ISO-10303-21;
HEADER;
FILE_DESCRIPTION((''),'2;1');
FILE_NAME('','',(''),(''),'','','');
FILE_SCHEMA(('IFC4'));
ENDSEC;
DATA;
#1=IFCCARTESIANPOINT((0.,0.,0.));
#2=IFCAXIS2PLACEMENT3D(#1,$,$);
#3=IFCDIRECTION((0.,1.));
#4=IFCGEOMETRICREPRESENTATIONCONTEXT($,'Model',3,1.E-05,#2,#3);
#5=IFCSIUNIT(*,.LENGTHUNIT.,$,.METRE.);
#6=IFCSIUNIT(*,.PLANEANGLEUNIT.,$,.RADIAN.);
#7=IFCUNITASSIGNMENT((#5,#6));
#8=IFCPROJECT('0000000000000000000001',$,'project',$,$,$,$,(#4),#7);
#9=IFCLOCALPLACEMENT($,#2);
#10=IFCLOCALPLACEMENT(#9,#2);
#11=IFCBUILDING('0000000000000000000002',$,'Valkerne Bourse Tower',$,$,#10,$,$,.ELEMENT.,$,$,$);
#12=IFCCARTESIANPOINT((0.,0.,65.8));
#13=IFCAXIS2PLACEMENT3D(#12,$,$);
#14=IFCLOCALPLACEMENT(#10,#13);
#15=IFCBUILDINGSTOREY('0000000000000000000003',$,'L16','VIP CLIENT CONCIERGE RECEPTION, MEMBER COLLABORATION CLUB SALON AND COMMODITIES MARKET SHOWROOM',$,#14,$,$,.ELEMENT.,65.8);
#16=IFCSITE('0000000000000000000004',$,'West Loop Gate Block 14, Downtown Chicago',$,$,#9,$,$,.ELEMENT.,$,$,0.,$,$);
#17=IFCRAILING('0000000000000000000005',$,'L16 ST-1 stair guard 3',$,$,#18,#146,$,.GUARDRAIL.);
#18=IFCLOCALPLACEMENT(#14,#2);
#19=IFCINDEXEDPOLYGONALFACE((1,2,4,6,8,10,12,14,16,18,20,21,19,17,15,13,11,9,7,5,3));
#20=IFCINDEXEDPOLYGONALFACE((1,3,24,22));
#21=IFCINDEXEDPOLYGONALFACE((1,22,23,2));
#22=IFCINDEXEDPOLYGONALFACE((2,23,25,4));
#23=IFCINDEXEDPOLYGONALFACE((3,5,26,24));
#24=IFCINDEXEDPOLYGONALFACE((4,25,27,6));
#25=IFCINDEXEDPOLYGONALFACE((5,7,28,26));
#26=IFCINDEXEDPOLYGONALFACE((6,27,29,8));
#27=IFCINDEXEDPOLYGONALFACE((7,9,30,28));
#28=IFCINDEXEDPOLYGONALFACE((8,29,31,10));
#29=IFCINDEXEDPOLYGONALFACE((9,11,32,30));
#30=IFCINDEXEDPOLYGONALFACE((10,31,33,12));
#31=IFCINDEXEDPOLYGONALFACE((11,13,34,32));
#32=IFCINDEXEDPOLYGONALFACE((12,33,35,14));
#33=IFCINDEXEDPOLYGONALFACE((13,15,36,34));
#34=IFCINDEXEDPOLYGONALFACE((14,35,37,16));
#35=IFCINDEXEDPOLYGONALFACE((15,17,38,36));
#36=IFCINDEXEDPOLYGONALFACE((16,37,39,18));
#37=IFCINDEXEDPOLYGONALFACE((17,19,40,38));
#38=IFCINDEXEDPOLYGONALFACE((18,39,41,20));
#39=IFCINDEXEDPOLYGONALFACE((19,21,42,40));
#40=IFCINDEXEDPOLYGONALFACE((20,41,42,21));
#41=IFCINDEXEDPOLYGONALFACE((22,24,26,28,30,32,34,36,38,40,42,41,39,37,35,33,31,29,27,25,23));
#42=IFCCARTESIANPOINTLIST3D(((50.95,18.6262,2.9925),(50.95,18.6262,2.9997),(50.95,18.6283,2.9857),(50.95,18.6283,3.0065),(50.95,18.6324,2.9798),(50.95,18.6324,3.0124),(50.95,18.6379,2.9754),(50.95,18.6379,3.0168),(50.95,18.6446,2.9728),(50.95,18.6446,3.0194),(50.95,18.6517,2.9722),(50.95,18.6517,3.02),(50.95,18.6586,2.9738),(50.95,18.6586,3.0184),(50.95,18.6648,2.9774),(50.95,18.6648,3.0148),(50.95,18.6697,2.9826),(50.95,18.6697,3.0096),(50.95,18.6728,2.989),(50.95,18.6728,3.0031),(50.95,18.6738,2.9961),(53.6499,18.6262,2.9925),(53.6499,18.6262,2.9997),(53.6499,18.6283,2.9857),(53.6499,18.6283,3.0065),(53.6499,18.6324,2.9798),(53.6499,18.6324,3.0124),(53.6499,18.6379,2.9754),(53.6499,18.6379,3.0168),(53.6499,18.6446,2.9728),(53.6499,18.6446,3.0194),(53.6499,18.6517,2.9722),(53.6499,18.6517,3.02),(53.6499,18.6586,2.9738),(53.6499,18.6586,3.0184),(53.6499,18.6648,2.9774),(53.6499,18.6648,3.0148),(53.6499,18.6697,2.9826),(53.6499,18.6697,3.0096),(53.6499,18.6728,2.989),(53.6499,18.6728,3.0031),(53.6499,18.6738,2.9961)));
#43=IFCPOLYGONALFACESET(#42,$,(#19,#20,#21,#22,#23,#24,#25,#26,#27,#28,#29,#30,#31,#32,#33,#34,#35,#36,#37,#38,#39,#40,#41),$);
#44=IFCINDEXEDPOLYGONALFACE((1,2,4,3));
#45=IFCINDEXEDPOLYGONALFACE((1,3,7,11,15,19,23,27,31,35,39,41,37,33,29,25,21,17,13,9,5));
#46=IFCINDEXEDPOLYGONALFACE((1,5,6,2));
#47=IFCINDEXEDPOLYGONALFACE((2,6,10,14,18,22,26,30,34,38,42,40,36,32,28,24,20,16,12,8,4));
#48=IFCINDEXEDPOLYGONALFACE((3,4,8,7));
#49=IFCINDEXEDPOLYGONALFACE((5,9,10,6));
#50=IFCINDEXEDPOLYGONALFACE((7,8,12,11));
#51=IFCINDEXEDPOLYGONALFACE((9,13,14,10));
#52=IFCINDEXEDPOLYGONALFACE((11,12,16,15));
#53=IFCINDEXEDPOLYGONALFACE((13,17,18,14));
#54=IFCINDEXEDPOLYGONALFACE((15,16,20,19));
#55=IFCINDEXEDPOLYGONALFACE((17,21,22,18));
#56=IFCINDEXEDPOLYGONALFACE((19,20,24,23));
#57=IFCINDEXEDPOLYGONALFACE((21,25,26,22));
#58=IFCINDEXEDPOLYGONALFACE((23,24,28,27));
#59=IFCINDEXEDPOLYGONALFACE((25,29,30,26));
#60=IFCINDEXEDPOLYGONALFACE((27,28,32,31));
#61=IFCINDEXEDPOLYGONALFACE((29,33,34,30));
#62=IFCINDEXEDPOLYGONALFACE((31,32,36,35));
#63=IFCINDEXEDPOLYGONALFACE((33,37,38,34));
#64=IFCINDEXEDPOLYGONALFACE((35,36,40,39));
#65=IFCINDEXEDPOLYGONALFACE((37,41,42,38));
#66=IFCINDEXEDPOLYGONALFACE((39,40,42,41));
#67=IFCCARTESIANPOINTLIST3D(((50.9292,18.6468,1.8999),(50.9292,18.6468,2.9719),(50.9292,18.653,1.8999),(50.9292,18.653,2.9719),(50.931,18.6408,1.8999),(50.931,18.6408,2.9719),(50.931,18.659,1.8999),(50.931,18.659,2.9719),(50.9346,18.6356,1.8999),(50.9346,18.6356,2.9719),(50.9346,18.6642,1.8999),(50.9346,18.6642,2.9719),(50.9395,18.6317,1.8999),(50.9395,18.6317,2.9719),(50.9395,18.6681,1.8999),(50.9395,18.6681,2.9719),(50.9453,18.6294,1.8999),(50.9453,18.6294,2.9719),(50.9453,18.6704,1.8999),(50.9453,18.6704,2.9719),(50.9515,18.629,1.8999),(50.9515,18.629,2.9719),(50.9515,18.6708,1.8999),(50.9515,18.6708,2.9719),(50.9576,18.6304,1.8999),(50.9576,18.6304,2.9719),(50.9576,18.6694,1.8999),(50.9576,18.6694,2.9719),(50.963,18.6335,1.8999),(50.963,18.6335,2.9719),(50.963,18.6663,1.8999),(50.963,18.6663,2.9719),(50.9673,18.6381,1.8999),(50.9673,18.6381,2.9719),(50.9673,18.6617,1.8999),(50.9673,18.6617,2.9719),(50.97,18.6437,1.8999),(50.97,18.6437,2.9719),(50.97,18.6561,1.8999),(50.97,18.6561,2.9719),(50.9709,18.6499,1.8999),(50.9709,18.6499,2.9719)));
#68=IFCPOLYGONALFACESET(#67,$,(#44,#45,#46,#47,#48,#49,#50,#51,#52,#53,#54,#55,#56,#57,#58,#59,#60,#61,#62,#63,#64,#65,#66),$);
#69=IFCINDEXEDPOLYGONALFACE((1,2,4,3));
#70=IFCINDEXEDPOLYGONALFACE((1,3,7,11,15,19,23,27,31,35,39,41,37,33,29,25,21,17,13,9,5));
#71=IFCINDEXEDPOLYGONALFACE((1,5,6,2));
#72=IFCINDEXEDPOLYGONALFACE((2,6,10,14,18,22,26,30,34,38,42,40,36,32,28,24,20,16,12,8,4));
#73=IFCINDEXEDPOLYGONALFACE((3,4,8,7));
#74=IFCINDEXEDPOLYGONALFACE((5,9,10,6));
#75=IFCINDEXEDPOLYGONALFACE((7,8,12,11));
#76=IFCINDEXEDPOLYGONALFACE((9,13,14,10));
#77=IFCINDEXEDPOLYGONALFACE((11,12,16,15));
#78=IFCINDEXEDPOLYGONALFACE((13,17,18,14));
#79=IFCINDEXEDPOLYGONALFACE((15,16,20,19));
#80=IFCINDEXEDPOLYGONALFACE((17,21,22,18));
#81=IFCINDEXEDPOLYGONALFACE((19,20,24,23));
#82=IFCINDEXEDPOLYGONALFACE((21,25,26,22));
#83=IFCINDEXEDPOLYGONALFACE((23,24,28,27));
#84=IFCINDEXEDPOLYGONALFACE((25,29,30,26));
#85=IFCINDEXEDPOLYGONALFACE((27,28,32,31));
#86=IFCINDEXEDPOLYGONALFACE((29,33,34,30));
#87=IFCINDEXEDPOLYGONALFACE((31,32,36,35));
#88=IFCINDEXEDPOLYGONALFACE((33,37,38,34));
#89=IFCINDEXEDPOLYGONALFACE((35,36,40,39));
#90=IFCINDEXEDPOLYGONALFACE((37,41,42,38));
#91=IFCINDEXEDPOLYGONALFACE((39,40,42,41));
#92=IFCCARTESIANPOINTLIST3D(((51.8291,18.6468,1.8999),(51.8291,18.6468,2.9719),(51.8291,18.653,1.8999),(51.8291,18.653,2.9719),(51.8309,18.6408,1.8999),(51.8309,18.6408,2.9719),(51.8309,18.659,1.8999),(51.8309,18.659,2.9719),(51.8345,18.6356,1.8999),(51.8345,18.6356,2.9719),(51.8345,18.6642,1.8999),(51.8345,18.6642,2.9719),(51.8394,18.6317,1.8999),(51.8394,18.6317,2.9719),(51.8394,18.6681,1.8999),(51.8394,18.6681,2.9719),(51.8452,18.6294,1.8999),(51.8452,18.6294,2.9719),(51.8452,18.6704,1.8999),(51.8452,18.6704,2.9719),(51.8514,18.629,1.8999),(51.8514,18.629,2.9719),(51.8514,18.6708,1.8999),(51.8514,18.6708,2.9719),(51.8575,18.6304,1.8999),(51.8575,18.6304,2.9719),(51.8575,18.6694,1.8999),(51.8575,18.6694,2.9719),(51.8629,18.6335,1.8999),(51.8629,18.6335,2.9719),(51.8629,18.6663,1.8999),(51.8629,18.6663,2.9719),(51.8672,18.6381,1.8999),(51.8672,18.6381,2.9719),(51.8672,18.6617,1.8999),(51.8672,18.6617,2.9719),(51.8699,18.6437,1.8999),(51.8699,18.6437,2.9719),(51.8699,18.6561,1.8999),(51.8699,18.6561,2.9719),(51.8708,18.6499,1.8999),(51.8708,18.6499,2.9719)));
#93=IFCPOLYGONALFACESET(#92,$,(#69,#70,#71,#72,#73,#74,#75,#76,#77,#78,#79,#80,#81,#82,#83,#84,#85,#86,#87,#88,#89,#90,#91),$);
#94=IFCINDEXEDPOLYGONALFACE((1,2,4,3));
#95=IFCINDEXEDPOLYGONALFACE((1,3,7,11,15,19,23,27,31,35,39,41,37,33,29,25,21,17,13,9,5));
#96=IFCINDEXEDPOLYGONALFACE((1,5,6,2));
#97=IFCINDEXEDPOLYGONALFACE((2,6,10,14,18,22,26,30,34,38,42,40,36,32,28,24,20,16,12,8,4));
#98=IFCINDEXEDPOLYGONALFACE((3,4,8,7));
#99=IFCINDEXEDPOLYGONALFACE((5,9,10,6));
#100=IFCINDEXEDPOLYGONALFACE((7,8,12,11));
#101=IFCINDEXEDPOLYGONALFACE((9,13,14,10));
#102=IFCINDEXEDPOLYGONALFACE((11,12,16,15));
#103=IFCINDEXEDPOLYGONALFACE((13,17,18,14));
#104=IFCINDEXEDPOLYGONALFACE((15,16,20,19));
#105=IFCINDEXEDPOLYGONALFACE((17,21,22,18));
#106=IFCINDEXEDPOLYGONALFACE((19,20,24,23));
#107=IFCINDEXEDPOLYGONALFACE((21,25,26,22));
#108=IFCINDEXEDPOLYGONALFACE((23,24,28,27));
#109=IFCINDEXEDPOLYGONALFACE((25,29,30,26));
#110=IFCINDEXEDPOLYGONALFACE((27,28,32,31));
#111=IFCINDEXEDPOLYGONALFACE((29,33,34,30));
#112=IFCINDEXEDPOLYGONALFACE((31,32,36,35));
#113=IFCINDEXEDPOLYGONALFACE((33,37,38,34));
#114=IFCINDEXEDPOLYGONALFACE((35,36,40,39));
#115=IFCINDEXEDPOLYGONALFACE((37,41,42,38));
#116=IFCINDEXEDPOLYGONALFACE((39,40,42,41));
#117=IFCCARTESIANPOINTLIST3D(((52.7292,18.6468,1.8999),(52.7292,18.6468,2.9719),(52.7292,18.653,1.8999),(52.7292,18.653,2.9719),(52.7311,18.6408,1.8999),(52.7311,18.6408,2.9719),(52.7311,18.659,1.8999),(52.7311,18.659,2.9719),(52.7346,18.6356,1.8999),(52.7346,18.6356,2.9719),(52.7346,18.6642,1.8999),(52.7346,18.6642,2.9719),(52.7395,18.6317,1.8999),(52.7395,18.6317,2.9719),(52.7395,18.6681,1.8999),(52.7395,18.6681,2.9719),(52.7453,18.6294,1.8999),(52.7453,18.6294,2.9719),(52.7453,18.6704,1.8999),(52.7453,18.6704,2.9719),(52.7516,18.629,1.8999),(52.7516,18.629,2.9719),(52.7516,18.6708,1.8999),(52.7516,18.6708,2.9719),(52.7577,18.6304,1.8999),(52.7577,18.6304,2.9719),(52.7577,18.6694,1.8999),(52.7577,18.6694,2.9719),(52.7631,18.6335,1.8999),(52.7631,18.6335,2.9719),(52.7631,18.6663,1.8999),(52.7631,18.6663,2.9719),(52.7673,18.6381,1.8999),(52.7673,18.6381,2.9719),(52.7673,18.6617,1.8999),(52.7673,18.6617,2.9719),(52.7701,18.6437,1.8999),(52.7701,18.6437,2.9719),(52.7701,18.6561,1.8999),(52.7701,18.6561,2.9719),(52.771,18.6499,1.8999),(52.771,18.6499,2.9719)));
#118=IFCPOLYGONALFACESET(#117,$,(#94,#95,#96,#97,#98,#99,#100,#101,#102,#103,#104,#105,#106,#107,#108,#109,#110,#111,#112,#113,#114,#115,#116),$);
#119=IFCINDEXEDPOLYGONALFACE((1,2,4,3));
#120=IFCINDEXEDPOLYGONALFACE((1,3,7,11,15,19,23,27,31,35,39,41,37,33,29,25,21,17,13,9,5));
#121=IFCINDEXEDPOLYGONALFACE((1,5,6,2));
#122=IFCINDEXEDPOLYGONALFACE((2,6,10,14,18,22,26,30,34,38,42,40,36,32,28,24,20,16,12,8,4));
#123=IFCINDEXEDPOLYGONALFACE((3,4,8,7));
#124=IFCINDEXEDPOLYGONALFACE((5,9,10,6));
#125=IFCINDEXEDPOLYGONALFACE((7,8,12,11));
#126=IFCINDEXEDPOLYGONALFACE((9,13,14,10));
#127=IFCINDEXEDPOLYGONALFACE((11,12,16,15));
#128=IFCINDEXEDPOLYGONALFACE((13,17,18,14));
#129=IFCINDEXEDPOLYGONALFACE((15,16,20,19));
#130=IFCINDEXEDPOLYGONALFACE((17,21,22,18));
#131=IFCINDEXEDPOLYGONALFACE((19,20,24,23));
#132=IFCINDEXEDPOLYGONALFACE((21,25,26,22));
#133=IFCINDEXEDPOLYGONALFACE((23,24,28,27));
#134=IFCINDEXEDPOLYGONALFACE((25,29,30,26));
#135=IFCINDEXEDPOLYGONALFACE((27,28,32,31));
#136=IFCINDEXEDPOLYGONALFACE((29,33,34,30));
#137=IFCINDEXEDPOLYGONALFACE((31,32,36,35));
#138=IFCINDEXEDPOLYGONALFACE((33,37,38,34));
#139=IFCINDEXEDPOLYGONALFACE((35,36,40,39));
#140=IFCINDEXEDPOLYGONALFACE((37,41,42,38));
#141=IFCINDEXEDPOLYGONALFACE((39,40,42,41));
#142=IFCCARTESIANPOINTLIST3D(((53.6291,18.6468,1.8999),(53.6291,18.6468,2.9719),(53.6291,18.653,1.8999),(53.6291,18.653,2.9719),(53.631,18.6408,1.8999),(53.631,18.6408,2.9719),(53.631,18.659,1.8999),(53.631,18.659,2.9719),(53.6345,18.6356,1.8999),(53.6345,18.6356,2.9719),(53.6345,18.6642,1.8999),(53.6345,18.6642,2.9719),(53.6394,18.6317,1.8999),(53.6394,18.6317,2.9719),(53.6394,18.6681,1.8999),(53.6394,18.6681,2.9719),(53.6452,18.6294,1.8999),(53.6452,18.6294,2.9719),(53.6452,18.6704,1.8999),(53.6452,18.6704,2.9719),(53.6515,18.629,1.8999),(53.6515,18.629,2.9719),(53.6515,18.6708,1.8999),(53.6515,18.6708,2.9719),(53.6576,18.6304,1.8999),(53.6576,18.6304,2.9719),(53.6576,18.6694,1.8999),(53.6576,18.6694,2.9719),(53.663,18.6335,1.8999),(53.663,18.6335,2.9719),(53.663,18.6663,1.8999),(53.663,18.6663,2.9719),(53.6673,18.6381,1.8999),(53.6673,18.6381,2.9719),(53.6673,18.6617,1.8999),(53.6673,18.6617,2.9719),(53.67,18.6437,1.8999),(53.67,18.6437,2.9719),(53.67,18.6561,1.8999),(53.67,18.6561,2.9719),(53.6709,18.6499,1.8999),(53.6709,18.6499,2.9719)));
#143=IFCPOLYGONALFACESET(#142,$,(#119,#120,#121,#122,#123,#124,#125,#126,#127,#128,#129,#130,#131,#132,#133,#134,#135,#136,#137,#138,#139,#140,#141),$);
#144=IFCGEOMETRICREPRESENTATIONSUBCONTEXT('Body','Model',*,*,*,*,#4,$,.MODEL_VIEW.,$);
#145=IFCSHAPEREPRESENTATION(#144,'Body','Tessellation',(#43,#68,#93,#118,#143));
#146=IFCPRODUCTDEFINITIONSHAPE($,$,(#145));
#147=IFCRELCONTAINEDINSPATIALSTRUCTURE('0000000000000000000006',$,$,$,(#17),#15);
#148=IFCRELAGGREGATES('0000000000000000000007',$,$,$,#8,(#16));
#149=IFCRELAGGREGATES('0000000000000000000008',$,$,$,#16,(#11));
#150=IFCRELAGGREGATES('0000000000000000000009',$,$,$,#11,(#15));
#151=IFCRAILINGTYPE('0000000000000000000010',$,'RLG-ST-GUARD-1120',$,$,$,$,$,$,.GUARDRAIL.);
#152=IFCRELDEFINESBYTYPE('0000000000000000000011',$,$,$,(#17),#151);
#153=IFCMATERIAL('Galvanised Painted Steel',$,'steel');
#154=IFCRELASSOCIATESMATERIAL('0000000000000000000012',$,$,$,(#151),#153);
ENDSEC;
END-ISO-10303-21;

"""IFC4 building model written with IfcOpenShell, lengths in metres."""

from ifc_helpers import new_model, si_unit, direction, frame, origin, origin_2d, place, context, subcontext, project, spatial, circle, extrude, material, type_object, element, save


model = new_model("IFC4")

# Units and contexts
model_context = context("Model", 3, precision=1e-05, world=origin(), true_north=direction((0.0, 1.0)))
body_context = subcontext(model_context, "Body", "Model", "MODEL_VIEW")
ifc_project = project(units=[si_unit("LENGTHUNIT", "METRE"), si_unit("PLANEANGLEUNIT", "RADIAN")], contexts=[model_context])

# Site, building, storey
site_placement = place(None, origin())
site = spatial("IfcSite", under=ifc_project, at=site_placement, Name="West Loop Gate Block 14, Downtown Chicago", CompositionType="ELEMENT", RefElevation=0.0)
building_placement = place(site_placement, origin())
building = spatial("IfcBuilding", under=site, at=building_placement, Name="Valkerne Bourse Tower", CompositionType="ELEMENT")
storey_placement = place(building_placement, frame((0.0, 0.0, 65.8)))
storey = spatial("IfcBuildingStorey", under=building, at=storey_placement, Name="L16", Description="VIP CLIENT CONCIERGE RECEPTION, MEMBER COLLABORATION CLUB SALON AND COMMODITIES MARKET SHOWROOM", CompositionType="ELEMENT", Elevation=65.8)

# Shared definitions
ifc_material_1 = material(Name="Galvanised Painted Steel", Category="steel")

# Railing
railing_type_1 = type_object("IfcRailingType", Name="RLG-ST-GUARD-1120", PredefinedType="GUARDRAIL", material=ifc_material_1)
for number, where, name in (
    (1, (50.95, 18.6499, 1.8999), "L16 ST-1 stair guard 3"),
):
    element("IfcRailing", number, at=place(storey_placement, frame(where)), inside=storey, type_object=railing_type_1, Name=name, PredefinedType="GUARDRAIL", context=body_context, shape_type="SweptSolid", body=[
        extrude(circle(Radius=0.0239, at=origin_2d()), frame((0.0, 0.0, 1.0962), z_axis=(1.0, 0.0, 0.0), x_axis=(0.0, 1.0, 0.0)), (0.0, 0.0, 1.0), 2.7),
        extrude(circle(Radius=0.021, at=origin_2d()), origin(), (0.0, 0.0, 1.0), 1.072),
        extrude(circle(Radius=0.021, at=origin_2d()), frame((0.8999, 0.0, 0.0)), (0.0, 0.0, 1.0), 1.072),
        extrude(circle(Radius=0.021, at=origin_2d()), frame((1.8, 0.0, 0.0)), (0.0, 0.0, 1.0), 1.072),
        extrude(circle(Radius=0.021, at=origin_2d()), frame((2.7, 0.0, 0.0)), (0.0, 0.0, 1.0), 1.072),
    ])

save(model, "model.ifc")
